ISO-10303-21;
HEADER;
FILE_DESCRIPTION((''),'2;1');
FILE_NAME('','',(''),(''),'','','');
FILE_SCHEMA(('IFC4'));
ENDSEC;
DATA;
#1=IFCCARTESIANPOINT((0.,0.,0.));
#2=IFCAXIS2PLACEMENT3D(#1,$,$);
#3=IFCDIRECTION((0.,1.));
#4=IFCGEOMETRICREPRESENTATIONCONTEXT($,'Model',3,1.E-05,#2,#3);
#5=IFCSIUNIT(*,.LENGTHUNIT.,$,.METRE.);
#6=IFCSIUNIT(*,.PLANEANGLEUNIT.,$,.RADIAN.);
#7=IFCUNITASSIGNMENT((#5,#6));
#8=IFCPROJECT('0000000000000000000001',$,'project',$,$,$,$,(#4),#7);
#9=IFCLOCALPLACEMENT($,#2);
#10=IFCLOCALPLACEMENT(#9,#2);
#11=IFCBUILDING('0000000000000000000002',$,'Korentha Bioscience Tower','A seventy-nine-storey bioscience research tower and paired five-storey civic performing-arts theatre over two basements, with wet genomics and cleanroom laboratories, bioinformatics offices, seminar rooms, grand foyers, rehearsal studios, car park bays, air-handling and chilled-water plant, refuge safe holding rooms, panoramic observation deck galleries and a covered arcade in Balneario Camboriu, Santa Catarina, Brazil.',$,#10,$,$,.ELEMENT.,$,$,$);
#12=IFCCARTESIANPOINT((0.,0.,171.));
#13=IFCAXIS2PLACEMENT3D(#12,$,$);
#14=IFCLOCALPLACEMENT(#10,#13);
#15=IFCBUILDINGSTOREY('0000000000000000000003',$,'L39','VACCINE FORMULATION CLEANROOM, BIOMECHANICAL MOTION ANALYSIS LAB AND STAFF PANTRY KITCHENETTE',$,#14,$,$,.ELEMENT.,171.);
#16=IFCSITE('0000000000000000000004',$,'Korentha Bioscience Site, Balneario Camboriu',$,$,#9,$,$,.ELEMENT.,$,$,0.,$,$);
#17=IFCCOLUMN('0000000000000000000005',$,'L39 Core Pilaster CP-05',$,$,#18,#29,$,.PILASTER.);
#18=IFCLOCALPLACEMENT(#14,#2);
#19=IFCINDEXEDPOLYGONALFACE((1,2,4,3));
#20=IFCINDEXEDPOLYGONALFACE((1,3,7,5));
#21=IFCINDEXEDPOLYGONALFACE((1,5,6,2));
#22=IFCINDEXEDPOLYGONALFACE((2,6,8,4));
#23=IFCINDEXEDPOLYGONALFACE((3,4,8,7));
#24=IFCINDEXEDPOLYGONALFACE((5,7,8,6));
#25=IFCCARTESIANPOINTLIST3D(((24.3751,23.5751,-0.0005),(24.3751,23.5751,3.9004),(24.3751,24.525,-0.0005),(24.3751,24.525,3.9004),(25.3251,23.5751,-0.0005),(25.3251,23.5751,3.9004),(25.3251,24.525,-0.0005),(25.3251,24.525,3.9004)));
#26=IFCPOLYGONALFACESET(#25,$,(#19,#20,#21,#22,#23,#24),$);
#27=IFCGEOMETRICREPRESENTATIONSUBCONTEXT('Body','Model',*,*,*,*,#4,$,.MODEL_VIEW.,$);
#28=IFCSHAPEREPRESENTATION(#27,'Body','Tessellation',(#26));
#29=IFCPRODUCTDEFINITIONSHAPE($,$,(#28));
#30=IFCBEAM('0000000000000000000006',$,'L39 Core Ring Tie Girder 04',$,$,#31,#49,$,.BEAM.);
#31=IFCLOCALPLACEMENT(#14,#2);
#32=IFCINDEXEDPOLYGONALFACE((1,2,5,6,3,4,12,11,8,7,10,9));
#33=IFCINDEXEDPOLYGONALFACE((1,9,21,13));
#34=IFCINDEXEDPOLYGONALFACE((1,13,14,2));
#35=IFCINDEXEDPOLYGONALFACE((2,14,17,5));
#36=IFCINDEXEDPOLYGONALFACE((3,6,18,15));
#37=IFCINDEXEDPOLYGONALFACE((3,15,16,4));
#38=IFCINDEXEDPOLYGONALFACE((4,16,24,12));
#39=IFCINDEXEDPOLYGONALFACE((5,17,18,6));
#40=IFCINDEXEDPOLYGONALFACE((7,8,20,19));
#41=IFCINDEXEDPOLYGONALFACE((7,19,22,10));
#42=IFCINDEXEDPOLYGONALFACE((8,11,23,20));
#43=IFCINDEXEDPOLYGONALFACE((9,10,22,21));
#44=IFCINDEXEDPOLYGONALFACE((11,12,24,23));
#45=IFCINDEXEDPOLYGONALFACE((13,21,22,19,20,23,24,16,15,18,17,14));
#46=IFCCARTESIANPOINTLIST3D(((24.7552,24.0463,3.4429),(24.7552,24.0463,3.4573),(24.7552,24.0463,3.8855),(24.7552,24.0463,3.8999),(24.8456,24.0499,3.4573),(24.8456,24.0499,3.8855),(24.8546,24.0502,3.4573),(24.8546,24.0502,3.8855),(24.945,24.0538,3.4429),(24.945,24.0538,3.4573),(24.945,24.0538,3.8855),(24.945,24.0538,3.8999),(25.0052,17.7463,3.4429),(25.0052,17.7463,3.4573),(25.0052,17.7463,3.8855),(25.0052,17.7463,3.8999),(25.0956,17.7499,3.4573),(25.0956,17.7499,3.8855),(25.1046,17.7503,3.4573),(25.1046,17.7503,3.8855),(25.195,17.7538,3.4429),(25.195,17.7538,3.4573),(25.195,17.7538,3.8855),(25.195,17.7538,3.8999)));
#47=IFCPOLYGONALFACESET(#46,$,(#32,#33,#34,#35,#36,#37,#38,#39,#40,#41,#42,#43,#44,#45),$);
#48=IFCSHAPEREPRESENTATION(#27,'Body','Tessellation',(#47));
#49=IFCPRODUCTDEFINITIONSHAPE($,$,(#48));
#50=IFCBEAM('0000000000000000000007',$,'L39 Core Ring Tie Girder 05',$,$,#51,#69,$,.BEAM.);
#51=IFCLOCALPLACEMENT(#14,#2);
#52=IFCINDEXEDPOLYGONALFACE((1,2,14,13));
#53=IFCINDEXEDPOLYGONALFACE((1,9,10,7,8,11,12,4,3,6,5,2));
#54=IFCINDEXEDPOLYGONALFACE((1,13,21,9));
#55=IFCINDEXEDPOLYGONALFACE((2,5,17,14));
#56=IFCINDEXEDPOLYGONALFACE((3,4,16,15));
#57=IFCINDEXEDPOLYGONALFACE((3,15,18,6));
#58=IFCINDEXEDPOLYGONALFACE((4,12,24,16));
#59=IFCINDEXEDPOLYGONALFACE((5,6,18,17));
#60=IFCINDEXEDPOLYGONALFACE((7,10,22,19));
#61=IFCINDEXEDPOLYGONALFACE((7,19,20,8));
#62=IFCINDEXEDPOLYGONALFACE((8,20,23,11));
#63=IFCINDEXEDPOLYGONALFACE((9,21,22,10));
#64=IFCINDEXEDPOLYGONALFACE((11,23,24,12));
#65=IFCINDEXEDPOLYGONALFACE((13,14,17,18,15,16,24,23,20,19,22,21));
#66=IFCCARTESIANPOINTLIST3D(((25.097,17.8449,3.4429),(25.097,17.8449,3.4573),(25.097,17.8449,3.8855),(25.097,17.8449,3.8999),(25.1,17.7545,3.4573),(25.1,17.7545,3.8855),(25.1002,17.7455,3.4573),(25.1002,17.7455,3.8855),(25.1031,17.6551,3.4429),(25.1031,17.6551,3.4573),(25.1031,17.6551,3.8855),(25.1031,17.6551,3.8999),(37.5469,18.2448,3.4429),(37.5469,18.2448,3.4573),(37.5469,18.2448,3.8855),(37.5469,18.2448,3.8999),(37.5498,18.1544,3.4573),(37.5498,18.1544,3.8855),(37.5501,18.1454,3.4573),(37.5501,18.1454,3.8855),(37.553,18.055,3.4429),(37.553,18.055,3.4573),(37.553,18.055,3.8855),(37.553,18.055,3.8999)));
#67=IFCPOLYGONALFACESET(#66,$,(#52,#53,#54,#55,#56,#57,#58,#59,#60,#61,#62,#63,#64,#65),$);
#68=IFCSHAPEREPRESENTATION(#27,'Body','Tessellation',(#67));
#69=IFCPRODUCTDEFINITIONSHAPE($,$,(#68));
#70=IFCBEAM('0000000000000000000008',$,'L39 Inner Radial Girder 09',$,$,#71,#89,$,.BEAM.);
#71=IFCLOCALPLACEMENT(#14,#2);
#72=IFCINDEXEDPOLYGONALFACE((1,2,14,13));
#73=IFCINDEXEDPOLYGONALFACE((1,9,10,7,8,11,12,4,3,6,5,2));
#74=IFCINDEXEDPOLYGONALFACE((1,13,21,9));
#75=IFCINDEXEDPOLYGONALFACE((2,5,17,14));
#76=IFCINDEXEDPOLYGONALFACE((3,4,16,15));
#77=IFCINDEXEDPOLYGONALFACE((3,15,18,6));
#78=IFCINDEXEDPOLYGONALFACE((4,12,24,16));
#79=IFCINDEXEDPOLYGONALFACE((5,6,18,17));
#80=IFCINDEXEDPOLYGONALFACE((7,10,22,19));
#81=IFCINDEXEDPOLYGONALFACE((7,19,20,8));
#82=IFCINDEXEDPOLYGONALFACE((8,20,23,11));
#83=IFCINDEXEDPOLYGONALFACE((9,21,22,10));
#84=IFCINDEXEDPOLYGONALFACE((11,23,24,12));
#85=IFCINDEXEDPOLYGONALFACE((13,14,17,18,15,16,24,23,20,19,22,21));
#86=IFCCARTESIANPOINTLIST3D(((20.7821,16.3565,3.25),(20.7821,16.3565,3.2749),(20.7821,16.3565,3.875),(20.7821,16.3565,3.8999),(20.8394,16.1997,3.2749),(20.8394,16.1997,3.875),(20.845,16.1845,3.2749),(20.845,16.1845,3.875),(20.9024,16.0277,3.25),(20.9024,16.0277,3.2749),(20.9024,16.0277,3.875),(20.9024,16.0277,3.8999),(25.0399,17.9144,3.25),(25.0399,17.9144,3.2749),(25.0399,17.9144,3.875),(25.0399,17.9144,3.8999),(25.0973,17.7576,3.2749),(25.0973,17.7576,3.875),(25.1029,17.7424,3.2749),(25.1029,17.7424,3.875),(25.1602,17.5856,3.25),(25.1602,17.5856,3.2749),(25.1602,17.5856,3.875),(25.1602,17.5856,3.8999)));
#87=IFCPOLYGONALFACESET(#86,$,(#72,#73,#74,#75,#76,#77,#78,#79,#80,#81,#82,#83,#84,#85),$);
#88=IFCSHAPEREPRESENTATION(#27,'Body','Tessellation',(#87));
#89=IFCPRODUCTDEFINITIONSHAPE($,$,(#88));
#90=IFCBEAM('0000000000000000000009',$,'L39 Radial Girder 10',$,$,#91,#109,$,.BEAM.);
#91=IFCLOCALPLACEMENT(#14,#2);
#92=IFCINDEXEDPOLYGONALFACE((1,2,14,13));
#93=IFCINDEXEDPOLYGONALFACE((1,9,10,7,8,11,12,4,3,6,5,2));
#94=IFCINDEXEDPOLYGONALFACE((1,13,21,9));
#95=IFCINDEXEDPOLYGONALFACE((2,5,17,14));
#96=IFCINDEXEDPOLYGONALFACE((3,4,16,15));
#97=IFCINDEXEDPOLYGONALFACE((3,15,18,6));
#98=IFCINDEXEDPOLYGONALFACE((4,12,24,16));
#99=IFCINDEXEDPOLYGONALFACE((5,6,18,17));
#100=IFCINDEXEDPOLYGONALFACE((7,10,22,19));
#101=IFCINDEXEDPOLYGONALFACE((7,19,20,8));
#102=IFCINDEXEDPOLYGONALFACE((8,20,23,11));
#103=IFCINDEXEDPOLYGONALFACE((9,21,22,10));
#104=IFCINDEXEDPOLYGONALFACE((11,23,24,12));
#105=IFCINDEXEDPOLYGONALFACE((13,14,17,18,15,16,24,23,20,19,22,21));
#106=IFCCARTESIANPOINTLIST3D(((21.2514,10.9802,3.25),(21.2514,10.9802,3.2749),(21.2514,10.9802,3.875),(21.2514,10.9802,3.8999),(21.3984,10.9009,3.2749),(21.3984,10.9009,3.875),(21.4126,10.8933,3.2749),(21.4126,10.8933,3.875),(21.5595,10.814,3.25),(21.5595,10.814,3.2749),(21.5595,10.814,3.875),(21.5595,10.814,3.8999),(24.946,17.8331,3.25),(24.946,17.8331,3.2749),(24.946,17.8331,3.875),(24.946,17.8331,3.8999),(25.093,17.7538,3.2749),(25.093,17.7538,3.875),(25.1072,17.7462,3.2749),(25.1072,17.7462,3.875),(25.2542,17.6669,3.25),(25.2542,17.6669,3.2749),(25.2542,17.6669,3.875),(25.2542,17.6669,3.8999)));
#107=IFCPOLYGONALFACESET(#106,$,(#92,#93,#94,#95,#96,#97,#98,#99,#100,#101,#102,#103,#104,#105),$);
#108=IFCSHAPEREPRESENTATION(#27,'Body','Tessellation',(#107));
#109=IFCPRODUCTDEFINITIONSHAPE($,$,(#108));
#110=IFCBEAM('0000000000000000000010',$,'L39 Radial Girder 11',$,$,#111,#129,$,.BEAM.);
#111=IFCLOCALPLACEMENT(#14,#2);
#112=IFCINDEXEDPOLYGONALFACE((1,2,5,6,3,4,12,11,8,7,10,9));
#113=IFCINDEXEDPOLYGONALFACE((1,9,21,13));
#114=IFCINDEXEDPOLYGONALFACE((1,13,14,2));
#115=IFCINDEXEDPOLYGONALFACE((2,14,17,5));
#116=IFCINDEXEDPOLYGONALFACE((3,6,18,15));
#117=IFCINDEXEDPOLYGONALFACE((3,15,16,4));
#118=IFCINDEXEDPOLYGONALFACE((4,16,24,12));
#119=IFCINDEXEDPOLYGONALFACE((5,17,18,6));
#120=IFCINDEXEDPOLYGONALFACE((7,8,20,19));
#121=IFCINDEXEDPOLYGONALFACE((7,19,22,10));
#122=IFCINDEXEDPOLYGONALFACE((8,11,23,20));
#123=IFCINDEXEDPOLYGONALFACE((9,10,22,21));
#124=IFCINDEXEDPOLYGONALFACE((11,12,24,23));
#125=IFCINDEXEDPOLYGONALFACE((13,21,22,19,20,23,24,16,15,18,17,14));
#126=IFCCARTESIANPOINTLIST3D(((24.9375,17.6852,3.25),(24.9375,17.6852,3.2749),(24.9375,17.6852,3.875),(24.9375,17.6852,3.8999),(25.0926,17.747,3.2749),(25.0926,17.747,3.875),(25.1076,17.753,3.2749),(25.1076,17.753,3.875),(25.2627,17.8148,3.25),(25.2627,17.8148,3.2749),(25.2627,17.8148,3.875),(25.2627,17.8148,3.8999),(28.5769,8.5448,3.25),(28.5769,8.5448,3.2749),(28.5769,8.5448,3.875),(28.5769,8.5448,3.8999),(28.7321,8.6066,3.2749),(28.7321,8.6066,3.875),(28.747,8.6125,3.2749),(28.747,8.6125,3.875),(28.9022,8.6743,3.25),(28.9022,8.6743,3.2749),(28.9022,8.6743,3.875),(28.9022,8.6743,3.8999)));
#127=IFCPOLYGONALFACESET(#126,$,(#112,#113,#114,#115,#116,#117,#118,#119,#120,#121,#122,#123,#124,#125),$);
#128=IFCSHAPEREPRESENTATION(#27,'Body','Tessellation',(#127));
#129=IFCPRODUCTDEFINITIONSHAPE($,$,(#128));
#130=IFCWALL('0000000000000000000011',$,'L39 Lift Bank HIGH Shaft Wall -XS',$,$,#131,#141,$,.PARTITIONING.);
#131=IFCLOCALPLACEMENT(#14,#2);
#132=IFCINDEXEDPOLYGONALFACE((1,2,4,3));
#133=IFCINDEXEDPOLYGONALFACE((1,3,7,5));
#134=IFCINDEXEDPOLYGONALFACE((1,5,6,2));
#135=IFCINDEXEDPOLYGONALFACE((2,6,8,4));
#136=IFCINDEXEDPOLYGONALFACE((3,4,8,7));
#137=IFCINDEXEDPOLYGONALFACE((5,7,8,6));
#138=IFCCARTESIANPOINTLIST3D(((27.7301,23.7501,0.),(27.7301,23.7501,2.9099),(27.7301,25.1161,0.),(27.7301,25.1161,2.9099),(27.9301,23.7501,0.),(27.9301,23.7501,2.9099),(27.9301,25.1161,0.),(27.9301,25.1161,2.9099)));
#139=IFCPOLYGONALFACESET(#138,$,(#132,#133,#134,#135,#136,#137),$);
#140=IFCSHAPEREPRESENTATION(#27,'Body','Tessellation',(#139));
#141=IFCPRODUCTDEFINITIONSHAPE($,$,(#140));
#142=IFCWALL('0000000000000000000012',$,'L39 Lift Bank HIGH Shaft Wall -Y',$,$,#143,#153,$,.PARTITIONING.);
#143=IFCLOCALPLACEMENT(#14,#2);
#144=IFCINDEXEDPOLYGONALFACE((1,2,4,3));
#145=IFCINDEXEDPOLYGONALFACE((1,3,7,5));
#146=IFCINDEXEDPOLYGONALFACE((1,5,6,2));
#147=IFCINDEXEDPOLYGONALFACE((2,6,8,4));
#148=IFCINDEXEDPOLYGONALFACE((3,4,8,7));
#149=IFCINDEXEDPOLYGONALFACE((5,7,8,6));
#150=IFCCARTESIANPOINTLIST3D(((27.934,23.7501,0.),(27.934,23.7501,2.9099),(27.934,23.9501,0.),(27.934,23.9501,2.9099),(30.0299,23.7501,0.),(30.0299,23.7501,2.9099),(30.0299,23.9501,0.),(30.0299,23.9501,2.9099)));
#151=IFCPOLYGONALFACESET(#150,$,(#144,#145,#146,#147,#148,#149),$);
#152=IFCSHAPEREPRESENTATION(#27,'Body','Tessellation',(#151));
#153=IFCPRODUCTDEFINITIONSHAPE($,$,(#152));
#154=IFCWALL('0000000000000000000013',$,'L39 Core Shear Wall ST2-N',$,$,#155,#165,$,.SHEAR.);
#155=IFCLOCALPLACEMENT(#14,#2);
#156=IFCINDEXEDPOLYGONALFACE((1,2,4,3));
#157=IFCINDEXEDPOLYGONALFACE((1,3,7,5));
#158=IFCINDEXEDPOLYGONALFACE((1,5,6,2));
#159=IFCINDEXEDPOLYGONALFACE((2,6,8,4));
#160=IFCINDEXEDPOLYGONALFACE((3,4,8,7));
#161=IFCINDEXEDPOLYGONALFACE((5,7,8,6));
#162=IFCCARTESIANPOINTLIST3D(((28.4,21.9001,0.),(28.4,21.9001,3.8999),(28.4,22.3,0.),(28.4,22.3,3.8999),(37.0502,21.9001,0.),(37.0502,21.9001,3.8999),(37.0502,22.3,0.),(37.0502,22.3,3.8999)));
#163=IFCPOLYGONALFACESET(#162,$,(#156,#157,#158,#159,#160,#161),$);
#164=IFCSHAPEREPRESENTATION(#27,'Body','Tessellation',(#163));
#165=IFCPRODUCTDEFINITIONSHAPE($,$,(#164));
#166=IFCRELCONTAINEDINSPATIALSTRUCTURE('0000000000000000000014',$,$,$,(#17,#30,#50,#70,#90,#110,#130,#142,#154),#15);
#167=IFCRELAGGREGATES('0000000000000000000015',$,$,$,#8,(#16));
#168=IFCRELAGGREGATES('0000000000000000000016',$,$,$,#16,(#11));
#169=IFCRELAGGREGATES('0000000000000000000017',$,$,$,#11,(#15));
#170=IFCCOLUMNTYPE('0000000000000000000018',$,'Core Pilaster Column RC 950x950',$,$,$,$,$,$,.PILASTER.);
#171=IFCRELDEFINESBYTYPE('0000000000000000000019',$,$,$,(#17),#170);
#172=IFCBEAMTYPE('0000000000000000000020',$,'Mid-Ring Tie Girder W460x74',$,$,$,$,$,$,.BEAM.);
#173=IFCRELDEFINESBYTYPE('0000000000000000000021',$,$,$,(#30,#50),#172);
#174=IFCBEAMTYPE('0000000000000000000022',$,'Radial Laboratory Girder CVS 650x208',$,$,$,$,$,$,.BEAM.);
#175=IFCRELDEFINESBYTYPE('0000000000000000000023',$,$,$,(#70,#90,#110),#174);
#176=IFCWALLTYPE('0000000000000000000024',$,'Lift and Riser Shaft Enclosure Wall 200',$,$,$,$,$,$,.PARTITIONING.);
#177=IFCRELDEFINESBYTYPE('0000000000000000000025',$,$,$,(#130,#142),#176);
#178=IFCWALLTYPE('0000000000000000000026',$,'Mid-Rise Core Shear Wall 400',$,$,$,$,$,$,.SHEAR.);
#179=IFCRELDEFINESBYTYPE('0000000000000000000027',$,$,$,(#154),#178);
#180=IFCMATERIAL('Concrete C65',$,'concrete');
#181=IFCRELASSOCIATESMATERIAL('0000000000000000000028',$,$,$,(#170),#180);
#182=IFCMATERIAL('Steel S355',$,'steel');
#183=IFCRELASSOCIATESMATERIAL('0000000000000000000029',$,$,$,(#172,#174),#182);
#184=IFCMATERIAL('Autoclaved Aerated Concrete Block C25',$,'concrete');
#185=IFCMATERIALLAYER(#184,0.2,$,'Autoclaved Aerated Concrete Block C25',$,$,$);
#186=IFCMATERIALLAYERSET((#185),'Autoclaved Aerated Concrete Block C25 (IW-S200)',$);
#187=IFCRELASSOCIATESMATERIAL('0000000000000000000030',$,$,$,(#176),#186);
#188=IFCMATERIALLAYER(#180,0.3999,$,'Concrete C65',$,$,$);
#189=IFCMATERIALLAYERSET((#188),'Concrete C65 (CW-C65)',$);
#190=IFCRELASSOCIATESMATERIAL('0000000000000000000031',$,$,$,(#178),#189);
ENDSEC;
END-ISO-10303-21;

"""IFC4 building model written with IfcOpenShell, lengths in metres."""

from ifc_helpers import new_model, si_unit, direction, frame, frame_2d, origin, origin_2d, place, context, subcontext, project, spatial, rectangle, i_section, extrude, material, layer, layer_set, material_profile, profile_set, type_object, element, save


model = new_model("IFC4")

# Units and contexts
model_context = context("Model", 3, precision=1e-05, world=origin(), true_north=direction((0.0, 1.0)))
body_context = subcontext(model_context, "Body", "Model", "MODEL_VIEW")
ifc_project = project(units=[si_unit("LENGTHUNIT", "METRE"), si_unit("PLANEANGLEUNIT", "RADIAN")], contexts=[model_context])

# Site, building, storey
site_placement = place(None, origin())
site = spatial("IfcSite", under=ifc_project, at=site_placement, Name="Korentha Bioscience Site, Balneario Camboriu", CompositionType="ELEMENT", RefElevation=0.0)
building_placement = place(site_placement, origin())
building = spatial("IfcBuilding", under=site, at=building_placement, Name="Korentha Bioscience Tower", Description="A seventy-nine-storey bioscience research tower and paired five-storey civic performing-arts theatre over two basements, with wet genomics and cleanroom laboratories, bioinformatics offices, seminar rooms, grand foyers, rehearsal studios, car park bays, air-handling and chilled-water plant, refuge safe holding rooms, panoramic observation deck galleries and a covered arcade in Balneario Camboriu, Santa Catarina, Brazil.", CompositionType="ELEMENT")
storey_placement = place(building_placement, frame((0.0, 0.0, 171.0)))
storey = spatial("IfcBuildingStorey", under=building, at=storey_placement, Name="L39", Description="VACCINE FORMULATION CLEANROOM, BIOMECHANICAL MOTION ANALYSIS LAB AND STAFF PANTRY KITCHENETTE", CompositionType="ELEMENT", Elevation=171.0)

# Column
ifc_material_1 = material(Name="Concrete C65", Category="concrete")
ifc_material_profile_1 = material_profile(ifc_material_1, rectangle(XDim=0.95, YDim=0.95, at=origin_2d()), Name="Concrete C65")
ifc_profile_set_1 = profile_set([ifc_material_profile_1], Name="Concrete C65 (COL-CP09)")
column_type = type_object("IfcColumnType", Name="Core Pilaster Column RC 950x950", PredefinedType="PILASTER", material=ifc_profile_set_1)
column_placement = place(storey_placement, frame((24.8501, 24.05, -0.0005), z_axis=(0.0, 0.0, 1.0), x_axis=(1.0, 0.0, 0.0)))
element("IfcColumn", 1, at=column_placement, inside=storey, type_object=column_type, Name="L39 Core Pilaster CP-05", PredefinedType="PILASTER", context=body_context, shape_type="SweptSolid", body=[
    extrude(rectangle(XDim=0.95, YDim=0.95, at=origin_2d()), origin(), (0.0, 0.0, 1.0), 3.9009),
])

# Beams
ifc_material_2 = material(Name="Steel S355", Category="steel")
ifc_material_profile_2 = material_profile(ifc_material_2, i_section(OverallWidth=0.1899, OverallDepth=0.457, WebThickness=0.009, FlangeThickness=0.0144, at=origin_2d()), Name="Steel S355")
ifc_profile_set_2 = profile_set([ifc_material_profile_2], Name="Steel S355 (MB-460)")
beam_type_1 = type_object("IfcBeamType", Name="Mid-Ring Tie Girder W460x74", PredefinedType="BEAM", material=ifc_profile_set_2)
beam_1_placement = place(storey_placement, frame((24.8501, 24.05, 3.6714), z_axis=(0.039651, -0.999214, 0.0), x_axis=(0.999214, 0.039651, 0.0)))
element("IfcBeam", 2, at=beam_1_placement, inside=storey, type_object=beam_type_1, Name="L39 Core Ring Tie Girder 04", PredefinedType="BEAM", context=body_context, shape_type="SweptSolid", body=[
    extrude(i_section(OverallWidth=0.1899, OverallDepth=0.457, WebThickness=0.009, FlangeThickness=0.0144, at=origin_2d()), origin(), (0.0, 0.0, 1.0), 6.3049),
])
beam_2_placement = place(storey_placement, frame((25.1001, 17.75, 3.6714), z_axis=(0.999485, 0.032104, 0.0), x_axis=(-0.032104, 0.999485, 0.0)))
element("IfcBeam", 3, at=beam_2_placement, inside=storey, type_object=beam_type_1, Name="L39 Core Ring Tie Girder 05", PredefinedType="BEAM", context=body_context, shape_type="SweptSolid", body=[
    extrude(i_section(OverallWidth=0.1899, OverallDepth=0.457, WebThickness=0.009, FlangeThickness=0.0144, at=origin_2d()), origin(), (0.0, 0.0, 1.0), 12.4563),
])
ifc_material_profile_3 = material_profile(ifc_material_2, i_section(OverallWidth=0.3501, OverallDepth=0.6499, WebThickness=0.0161, FlangeThickness=0.0249, at=origin_2d()), Name="Steel S355")
ifc_profile_set_3 = profile_set([ifc_material_profile_3], Name="Steel S355 (RB-650)")
beam_type_2 = type_object("IfcBeamType", Name="Radial Laboratory Girder CVS 650x208", PredefinedType="BEAM", material=ifc_profile_set_3)
beam_3_placement = place(storey_placement, frame((25.1001, 17.75, 3.575), z_axis=(-0.939114, -0.343606, 0.0), x_axis=(0.343606, -0.939114, 0.0)))
element("IfcBeam", 4, at=beam_3_placement, inside=storey, type_object=beam_type_2, Name="L39 Inner Radial Girder 09", PredefinedType="BEAM", context=body_context, shape_type="SweptSolid", body=[
    extrude(i_section(OverallWidth=0.3501, OverallDepth=0.6499, WebThickness=0.0161, FlangeThickness=0.0249, at=origin_2d()), origin(), (0.0, 0.0, 1.0), 4.5339),
])
beam_4_placement = place(storey_placement, frame((25.1001, 17.75, 3.575), z_axis=(-0.47456, -0.880223, 0.0), x_axis=(0.880223, -0.47456, 0.0)))
element("IfcBeam", 5, at=beam_4_placement, inside=storey, type_object=beam_type_2, Name="L39 Radial Girder 10", PredefinedType="BEAM", context=body_context, shape_type="SweptSolid", body=[
    extrude(i_section(OverallWidth=0.3501, OverallDepth=0.6499, WebThickness=0.0161, FlangeThickness=0.0249, at=origin_2d()), origin(), (0.0, 0.0, 1.0), 7.7854),
])
beam_5_placement = place(storey_placement, frame((25.1001, 17.75, 3.575), z_axis=(0.369923, -0.929063, 0.0), x_axis=(0.929063, 0.369923, 0.0)))
element("IfcBeam", 6, at=beam_5_placement, inside=storey, type_object=beam_type_2, Name="L39 Radial Girder 11", PredefinedType="BEAM", context=body_context, shape_type="SweptSolid", body=[
    extrude(i_section(OverallWidth=0.3501, OverallDepth=0.6499, WebThickness=0.0161, FlangeThickness=0.0249, at=origin_2d()), origin(), (0.0, 0.0, 1.0), 9.8384),
])

# Walls
ifc_material_3 = material(Name="Autoclaved Aerated Concrete Block C25", Category="concrete")
ifc_layer_1 = layer(ifc_material_3, 0.2, Name="Autoclaved Aerated Concrete Block C25")
ifc_layer_set_1 = layer_set([ifc_layer_1], Name="Autoclaved Aerated Concrete Block C25 (IW-S200)")
wall_type_1 = type_object("IfcWallType", Name="Lift and Riser Shaft Enclosure Wall 200", PredefinedType="PARTITIONING", material=ifc_layer_set_1)
wall_1_placement = place(storey_placement, frame((27.8301, 23.75, 0.0), z_axis=(0.0, 0.0, 1.0), x_axis=(0.0, 1.0, 0.0)))
element("IfcWall", 7, at=wall_1_placement, inside=storey, type_object=wall_type_1, Name="L39 Lift Bank HIGH Shaft Wall -XS", PredefinedType="PARTITIONING", context=body_context, shape_type="SweptSolid", body=[
    extrude(rectangle(XDim=1.366, YDim=0.2, at=frame_2d((0.6831, 0.0))), origin(), (0.0, 0.0, 1.0), 2.9099),
])
wall_2_placement = place(storey_placement, frame((27.9341, 23.8501, 0.0), z_axis=(0.0, 0.0, 1.0), x_axis=(1.0, 0.0, 0.0)))
element("IfcWall", 8, at=wall_2_placement, inside=storey, type_object=wall_type_1, Name="L39 Lift Bank HIGH Shaft Wall -Y", PredefinedType="PARTITIONING", context=body_context, shape_type="SweptSolid", body=[
    extrude(rectangle(XDim=2.0959, YDim=0.2, at=frame_2d((1.0479, 0.0))), origin(), (0.0, 0.0, 1.0), 2.9099),
])
ifc_layer_2 = layer(ifc_material_1, 0.3999, Name="Concrete C65")
ifc_layer_set_2 = layer_set([ifc_layer_2], Name="Concrete C65 (CW-C65)")
wall_type_2 = type_object("IfcWallType", Name="Mid-Rise Core Shear Wall 400", PredefinedType="SHEAR", material=ifc_layer_set_2)
wall_3_placement = place(storey_placement, frame((28.3999, 22.1001, 0.0), z_axis=(0.0, 0.0, 1.0), x_axis=(1.0, 0.0, 0.0)))
element("IfcWall", 9, at=wall_3_placement, inside=storey, type_object=wall_type_2, Name="L39 Core Shear Wall ST2-N", PredefinedType="SHEAR", context=body_context, shape_type="SweptSolid", body=[
    extrude(rectangle(XDim=8.6501, YDim=0.3999, at=frame_2d((4.3252, 0.0))), origin(), (0.0, 0.0, 1.0), 3.8999),
])

save(model, "model.ifc")
